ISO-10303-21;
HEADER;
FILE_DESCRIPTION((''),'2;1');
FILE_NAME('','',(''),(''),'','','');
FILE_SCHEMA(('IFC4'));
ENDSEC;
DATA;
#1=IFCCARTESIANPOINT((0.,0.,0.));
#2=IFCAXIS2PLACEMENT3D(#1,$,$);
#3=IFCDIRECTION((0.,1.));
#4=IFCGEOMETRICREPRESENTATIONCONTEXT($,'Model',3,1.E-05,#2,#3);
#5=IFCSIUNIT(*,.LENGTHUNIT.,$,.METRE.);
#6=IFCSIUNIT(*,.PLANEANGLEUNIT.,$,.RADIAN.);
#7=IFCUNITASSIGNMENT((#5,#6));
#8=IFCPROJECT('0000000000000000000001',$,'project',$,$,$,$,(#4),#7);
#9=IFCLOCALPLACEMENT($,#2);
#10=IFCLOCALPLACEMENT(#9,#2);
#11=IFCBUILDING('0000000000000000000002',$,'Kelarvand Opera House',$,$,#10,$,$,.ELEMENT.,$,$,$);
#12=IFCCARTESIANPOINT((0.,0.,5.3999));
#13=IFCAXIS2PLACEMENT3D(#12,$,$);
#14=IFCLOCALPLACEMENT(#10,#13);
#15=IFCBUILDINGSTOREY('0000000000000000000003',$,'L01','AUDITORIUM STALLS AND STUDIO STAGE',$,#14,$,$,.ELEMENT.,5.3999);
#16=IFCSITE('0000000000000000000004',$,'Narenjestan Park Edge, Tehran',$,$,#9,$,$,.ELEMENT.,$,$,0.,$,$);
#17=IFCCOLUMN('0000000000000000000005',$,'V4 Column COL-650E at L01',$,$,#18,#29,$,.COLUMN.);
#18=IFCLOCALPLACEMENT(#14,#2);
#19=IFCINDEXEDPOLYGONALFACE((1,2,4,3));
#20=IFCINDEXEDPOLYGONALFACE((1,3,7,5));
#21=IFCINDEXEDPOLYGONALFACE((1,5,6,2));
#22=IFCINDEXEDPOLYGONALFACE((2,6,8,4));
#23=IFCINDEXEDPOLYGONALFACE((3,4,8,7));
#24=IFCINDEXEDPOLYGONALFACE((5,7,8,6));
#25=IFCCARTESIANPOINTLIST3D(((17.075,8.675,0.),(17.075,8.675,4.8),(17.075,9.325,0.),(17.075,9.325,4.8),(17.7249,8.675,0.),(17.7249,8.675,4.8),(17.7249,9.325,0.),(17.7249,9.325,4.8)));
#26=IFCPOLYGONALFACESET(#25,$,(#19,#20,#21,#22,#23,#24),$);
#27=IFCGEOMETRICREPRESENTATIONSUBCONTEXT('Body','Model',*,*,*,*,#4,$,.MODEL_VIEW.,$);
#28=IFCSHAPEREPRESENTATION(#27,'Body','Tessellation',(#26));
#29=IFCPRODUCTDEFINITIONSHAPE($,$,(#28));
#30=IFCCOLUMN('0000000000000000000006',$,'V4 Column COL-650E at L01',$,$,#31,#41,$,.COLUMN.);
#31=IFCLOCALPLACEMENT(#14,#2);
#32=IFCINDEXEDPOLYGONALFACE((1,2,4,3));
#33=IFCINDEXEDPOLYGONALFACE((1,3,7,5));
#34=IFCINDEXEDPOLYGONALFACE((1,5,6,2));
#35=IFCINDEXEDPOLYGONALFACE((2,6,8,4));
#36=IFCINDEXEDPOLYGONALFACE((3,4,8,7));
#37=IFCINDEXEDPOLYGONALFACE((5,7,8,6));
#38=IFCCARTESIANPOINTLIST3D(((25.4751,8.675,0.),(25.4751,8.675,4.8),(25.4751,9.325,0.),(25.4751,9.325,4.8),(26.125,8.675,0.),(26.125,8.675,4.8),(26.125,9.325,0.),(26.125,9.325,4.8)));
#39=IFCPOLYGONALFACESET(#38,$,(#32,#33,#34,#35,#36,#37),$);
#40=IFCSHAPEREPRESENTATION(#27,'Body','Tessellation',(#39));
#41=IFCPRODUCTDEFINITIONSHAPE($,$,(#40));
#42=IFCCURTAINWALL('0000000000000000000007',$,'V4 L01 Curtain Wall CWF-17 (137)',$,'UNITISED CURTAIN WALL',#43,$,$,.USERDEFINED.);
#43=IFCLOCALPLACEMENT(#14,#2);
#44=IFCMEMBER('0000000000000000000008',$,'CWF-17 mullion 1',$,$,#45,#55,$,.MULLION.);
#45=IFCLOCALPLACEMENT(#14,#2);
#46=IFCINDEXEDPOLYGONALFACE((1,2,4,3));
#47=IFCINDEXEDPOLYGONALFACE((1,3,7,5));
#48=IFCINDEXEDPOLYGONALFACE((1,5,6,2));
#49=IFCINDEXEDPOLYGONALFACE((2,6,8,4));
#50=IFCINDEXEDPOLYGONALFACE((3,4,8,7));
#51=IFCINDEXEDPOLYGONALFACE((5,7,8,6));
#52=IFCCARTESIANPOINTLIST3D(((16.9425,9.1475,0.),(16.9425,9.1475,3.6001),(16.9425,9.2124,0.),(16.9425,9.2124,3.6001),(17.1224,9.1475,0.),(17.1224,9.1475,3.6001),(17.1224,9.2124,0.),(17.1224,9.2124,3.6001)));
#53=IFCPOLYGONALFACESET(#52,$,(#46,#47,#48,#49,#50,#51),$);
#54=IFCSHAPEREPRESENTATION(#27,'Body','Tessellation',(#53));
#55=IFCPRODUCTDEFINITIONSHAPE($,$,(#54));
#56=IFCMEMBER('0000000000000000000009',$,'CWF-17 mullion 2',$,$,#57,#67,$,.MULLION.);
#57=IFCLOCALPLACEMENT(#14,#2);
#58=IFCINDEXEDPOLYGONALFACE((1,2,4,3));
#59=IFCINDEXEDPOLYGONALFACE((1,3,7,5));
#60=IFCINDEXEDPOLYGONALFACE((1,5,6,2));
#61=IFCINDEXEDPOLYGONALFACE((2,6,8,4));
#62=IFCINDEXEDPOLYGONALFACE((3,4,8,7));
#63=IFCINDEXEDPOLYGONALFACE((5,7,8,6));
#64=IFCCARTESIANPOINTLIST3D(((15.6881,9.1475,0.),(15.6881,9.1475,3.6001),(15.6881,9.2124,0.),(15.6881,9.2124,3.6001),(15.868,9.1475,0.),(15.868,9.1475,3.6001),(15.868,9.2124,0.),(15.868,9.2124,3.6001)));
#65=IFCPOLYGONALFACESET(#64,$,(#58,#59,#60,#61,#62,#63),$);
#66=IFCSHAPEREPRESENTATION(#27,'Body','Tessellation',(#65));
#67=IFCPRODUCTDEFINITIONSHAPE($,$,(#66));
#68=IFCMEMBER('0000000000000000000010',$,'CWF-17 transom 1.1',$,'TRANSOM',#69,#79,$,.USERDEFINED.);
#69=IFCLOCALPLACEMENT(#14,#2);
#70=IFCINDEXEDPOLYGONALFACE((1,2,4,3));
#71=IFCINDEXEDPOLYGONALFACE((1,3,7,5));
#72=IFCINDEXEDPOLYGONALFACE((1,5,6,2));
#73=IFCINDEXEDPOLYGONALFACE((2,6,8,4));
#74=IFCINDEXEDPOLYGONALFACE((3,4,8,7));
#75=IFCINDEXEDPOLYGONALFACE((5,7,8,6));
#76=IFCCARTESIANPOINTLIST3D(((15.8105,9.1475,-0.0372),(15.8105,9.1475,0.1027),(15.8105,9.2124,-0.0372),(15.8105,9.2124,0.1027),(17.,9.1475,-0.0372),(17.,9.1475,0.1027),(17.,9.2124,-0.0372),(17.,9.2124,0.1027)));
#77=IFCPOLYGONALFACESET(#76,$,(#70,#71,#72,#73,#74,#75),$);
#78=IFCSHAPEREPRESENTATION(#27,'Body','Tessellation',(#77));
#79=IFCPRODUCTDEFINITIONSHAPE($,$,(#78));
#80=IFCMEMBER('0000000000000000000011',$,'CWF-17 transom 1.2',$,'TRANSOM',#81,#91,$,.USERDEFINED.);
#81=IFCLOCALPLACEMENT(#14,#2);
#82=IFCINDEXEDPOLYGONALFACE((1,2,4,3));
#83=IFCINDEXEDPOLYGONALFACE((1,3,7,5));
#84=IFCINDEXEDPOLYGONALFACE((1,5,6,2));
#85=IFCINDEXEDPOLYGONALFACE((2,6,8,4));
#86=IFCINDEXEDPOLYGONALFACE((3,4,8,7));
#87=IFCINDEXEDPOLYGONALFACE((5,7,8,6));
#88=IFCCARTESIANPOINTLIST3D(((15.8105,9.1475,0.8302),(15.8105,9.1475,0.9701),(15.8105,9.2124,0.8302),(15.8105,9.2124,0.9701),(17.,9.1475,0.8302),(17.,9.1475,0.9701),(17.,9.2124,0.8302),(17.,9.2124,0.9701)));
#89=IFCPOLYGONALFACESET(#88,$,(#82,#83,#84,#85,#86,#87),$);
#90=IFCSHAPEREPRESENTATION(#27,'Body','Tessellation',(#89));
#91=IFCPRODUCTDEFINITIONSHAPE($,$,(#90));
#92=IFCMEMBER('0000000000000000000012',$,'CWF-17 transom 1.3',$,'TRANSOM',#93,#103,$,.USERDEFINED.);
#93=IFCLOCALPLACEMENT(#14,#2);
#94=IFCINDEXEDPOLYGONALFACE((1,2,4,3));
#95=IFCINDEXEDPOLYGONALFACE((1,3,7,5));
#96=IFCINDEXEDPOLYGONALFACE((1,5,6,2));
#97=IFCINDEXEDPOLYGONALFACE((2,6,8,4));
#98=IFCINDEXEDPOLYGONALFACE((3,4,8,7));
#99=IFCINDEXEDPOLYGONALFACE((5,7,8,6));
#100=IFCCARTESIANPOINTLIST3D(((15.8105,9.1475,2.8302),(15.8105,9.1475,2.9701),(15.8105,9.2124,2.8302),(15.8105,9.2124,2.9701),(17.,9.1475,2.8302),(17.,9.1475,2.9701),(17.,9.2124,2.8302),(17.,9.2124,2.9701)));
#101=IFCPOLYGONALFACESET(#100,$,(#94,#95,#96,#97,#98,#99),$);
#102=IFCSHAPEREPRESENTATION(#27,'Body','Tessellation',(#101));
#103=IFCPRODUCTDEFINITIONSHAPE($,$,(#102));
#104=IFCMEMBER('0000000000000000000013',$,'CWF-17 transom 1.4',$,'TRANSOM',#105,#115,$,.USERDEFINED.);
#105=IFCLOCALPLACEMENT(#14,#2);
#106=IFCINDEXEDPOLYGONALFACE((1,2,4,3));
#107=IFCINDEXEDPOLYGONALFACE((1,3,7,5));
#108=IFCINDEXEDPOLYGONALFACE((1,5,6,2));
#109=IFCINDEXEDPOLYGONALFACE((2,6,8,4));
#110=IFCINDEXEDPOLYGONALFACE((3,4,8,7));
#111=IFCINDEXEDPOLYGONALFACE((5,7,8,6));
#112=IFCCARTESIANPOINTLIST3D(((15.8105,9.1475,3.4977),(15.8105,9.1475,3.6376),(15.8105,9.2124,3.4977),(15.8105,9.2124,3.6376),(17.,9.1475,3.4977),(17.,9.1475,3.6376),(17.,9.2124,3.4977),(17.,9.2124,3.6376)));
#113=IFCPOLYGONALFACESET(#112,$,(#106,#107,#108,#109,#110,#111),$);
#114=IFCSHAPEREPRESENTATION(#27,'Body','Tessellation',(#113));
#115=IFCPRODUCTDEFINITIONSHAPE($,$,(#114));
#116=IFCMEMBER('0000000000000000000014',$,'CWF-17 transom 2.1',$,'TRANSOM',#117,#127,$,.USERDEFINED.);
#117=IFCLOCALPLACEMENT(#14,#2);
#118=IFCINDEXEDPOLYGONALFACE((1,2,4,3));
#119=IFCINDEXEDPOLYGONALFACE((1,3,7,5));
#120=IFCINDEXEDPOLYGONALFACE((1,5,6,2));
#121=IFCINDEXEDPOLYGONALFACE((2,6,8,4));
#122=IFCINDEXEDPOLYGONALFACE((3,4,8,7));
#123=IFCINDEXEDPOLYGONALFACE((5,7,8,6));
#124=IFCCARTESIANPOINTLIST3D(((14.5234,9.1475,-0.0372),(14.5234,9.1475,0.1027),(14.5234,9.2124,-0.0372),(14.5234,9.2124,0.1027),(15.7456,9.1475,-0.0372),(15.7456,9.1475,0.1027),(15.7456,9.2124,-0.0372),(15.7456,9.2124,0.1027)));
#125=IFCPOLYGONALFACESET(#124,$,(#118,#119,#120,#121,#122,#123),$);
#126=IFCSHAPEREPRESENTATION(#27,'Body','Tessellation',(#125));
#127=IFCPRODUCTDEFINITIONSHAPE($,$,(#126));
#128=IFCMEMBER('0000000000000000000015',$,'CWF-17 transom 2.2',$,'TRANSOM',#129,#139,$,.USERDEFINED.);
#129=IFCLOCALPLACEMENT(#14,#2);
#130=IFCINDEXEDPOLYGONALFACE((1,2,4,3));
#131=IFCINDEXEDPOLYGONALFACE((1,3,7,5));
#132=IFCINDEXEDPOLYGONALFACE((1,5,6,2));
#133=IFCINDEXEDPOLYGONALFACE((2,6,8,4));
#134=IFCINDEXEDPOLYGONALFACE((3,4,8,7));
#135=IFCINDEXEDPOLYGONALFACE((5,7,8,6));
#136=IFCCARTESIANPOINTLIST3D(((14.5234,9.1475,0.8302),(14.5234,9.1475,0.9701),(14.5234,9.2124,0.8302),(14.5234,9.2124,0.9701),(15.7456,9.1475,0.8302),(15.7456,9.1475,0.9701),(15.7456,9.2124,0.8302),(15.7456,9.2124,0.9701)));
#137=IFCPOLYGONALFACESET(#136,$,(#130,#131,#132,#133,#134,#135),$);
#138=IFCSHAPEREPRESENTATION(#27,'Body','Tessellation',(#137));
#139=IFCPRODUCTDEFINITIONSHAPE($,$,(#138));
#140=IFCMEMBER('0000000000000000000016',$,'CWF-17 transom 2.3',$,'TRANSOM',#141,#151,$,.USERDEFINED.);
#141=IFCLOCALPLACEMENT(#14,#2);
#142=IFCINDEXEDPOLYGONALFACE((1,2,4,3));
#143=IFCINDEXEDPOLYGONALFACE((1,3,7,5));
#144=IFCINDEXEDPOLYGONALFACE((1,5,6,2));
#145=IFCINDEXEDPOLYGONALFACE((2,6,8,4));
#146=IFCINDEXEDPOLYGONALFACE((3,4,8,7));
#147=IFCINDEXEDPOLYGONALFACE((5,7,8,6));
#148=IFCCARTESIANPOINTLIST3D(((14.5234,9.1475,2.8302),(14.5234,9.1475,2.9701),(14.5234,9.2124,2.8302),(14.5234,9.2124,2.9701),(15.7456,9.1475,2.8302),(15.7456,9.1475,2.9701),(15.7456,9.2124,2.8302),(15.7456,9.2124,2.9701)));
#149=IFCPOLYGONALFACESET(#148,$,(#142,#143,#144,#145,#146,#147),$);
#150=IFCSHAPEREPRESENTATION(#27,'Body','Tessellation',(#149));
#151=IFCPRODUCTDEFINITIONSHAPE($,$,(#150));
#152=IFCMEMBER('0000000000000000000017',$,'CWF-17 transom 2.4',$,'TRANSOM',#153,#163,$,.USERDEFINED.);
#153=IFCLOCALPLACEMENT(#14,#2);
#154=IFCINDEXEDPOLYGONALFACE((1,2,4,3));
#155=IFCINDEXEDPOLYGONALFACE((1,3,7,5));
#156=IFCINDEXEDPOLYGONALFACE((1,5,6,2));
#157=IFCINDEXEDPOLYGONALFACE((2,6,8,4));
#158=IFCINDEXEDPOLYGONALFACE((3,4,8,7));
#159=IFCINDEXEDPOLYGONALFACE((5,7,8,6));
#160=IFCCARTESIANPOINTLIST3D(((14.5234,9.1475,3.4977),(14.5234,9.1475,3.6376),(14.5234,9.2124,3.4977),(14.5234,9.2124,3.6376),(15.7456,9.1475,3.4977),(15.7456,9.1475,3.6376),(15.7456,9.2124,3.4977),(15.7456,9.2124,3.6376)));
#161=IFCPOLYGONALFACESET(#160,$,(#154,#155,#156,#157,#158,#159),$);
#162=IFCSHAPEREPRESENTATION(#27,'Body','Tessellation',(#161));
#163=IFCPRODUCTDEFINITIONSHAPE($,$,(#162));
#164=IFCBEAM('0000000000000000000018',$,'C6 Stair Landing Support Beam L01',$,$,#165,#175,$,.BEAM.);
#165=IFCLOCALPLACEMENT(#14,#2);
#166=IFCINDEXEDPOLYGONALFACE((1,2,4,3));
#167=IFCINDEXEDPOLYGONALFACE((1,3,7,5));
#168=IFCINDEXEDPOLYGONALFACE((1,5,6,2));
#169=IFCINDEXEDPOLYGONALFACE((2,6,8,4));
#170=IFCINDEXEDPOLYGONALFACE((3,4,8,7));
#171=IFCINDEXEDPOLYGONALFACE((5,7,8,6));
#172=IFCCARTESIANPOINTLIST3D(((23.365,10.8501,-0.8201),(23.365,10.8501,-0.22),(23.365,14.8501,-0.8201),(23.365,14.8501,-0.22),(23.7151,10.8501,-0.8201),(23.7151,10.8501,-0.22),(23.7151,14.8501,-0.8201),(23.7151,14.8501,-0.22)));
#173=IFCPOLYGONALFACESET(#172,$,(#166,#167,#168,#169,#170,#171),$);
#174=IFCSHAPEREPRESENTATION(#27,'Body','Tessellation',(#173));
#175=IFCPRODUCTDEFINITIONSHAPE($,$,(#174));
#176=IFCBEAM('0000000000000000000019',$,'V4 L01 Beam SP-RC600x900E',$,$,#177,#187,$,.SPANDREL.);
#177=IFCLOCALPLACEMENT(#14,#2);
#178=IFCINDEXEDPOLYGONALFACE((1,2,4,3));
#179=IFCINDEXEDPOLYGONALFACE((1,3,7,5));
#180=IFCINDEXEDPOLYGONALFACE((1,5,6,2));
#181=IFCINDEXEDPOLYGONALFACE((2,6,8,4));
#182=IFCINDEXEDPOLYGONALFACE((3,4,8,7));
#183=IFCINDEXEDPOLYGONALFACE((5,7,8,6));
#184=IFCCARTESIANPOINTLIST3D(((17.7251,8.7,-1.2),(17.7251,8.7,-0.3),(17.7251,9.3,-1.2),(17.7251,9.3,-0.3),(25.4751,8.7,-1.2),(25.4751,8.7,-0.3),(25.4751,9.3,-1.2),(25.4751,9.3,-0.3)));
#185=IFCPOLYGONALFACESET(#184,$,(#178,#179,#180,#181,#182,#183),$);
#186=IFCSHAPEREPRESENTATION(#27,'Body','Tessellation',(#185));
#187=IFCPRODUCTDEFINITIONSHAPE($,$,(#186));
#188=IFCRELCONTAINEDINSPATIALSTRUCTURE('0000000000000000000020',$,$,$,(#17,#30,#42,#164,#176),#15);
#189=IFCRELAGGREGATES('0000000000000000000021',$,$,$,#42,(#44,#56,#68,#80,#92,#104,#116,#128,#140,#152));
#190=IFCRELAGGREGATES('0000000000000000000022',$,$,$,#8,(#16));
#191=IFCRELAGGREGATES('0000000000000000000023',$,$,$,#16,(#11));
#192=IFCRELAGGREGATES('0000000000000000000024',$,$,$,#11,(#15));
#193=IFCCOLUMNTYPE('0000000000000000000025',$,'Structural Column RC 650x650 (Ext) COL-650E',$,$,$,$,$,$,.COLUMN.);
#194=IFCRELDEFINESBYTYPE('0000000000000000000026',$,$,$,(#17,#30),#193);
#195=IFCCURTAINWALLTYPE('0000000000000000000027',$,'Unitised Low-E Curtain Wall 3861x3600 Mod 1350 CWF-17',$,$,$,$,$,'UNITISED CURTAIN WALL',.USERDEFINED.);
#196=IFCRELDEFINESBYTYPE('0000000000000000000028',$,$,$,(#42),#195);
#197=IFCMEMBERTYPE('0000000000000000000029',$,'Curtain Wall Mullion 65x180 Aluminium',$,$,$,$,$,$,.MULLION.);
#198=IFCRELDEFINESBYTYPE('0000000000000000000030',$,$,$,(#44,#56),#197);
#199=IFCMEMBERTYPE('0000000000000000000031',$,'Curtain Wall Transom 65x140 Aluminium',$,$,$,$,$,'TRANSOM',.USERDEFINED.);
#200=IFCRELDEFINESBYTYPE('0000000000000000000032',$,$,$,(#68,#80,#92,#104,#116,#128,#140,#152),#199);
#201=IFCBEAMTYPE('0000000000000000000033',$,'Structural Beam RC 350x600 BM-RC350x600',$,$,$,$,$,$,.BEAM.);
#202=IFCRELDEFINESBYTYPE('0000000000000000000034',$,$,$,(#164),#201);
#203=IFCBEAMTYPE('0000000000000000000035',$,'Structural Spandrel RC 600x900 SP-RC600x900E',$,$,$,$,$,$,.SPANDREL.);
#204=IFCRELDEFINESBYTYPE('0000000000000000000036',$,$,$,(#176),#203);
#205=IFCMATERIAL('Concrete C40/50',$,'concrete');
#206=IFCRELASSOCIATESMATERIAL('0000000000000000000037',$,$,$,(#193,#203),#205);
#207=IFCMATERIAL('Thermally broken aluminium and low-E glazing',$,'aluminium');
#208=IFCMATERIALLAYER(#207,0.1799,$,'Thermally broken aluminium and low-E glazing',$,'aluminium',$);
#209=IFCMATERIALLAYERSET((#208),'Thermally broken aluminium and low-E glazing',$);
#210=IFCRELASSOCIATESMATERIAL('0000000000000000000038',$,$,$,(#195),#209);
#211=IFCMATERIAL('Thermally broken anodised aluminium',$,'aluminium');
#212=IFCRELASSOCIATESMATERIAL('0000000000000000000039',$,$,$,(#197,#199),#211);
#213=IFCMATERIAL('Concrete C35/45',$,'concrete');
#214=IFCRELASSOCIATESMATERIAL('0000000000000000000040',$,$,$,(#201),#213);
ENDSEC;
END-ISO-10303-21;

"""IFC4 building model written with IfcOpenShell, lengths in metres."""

from ifc_helpers import new_model, si_unit, direction, frame, origin, origin_2d, place, context, subcontext, project, spatial, rectangle, extrude, material, layer, layer_set, material_profile, profile_set, type_object, element, aggregate, save


model = new_model("IFC4")

# Units and contexts
model_context = context("Model", 3, precision=1e-05, world=origin(), true_north=direction((0.0, 1.0)))
body_context = subcontext(model_context, "Body", "Model", "MODEL_VIEW")
ifc_project = project(units=[si_unit("LENGTHUNIT", "METRE"), si_unit("PLANEANGLEUNIT", "RADIAN")], contexts=[model_context])

# Site, building, storey
site_placement = place(None, origin())
site = spatial("IfcSite", under=ifc_project, at=site_placement, Name="Narenjestan Park Edge, Tehran", CompositionType="ELEMENT", RefElevation=0.0)
building_placement = place(site_placement, origin())
building = spatial("IfcBuilding", under=site, at=building_placement, Name="Kelarvand Opera House", CompositionType="ELEMENT")
storey_placement = place(building_placement, frame((0.0, 0.0, 5.3999)))
storey = spatial("IfcBuildingStorey", under=building, at=storey_placement, Name="L01", Description="AUDITORIUM STALLS AND STUDIO STAGE", CompositionType="ELEMENT", Elevation=5.3999)

# Columns
ifc_material_1 = material(Name="Concrete C40/50", Category="concrete")
ifc_material_profile_1 = material_profile(ifc_material_1, rectangle(XDim=0.6499, YDim=0.6499, at=origin_2d()), Name="RC 650x650", Category="concrete")
ifc_profile_set_1 = profile_set([ifc_material_profile_1], Name="Concrete C40/50")
column_type = type_object("IfcColumnType", Name="Structural Column RC 650x650 (Ext) COL-650E", PredefinedType="COLUMN", material=ifc_profile_set_1)
for number, where, z_axis, x_axis, name in (
    (1, (17.3999, 9.0, 0.0), (0.0, 0.0, 1.0), (1.0, 0.0, 0.0), "V4 Column COL-650E at L01"),
    (2, (25.8, 9.0, 0.0), (0.0, 0.0, 1.0), (1.0, 0.0, 0.0), "V4 Column COL-650E at L01"),
):
    element("IfcColumn", number, at=place(storey_placement, frame(where, z_axis=z_axis, x_axis=x_axis)), inside=storey, type_object=column_type, Name=name, PredefinedType="COLUMN", context=body_context, shape_type="SweptSolid", body=[
        extrude(rectangle(XDim=0.6499, YDim=0.6499, at=origin_2d()), origin(), (0.0, 0.0, 1.0), 4.8),
    ])

# Curtain wall, members
ifc_material_2 = material(Name="Thermally broken aluminium and low-E glazing", Category="aluminium")
ifc_layer_1 = layer(ifc_material_2, 0.1799, Name="Thermally broken aluminium and low-E glazing", Category="aluminium")
ifc_layer_set_1 = layer_set([ifc_layer_1], Name="Thermally broken aluminium and low-E glazing")
curtain_wall_type = type_object("IfcCurtainWallType", Name="Unitised Low-E Curtain Wall 3861x3600 Mod 1350 CWF-17", ElementType="UNITISED CURTAIN WALL", PredefinedType="USERDEFINED", material=ifc_layer_set_1)
curtain_wall_placement = place(storey_placement, origin())
curtain_wall = element("IfcCurtainWall", 3, at=curtain_wall_placement, inside=storey, type_object=curtain_wall_type, Name="V4 L01 Curtain Wall CWF-17 (137)", ObjectType="UNITISED CURTAIN WALL", PredefinedType="USERDEFINED")
ifc_material_3 = material(Name="Thermally broken anodised aluminium", Category="aluminium")
ifc_material_profile_2 = material_profile(ifc_material_3, rectangle(XDim=0.0649, YDim=0.1799, at=origin_2d()), Name="ALU MULLION 65x180", Category="aluminium")
ifc_profile_set_2 = profile_set([ifc_material_profile_2], Name="Thermally broken anodised aluminium")
member_type_1 = type_object("IfcMemberType", Name="Curtain Wall Mullion 65x180 Aluminium", PredefinedType="MULLION", material=ifc_profile_set_2)
member_1_placement = place(storey_placement, frame((17.0325, 9.1799, 0.0), z_axis=(0.0, 0.0, 1.0), x_axis=(0.0, -1.0, 0.0)))
member_1 = element("IfcMember", 4, at=member_1_placement, type_object=member_type_1, Name="CWF-17 mullion 1", PredefinedType="MULLION", context=body_context, shape_type="SweptSolid", body=[
    extrude(rectangle(XDim=0.0649, YDim=0.1799, at=origin_2d()), origin(), (0.0, 0.0, 1.0), 3.6001),
])
member_2_placement = place(storey_placement, frame((15.7781, 9.1799, 0.0), z_axis=(0.0, 0.0, 1.0), x_axis=(0.0, -1.0, 0.0)))
member_2 = element("IfcMember", 5, at=member_2_placement, type_object=member_type_1, Name="CWF-17 mullion 2", PredefinedType="MULLION", context=body_context, shape_type="SweptSolid", body=[
    extrude(rectangle(XDim=0.0649, YDim=0.1799, at=origin_2d()), origin(), (0.0, 0.0, 1.0), 3.6001),
])
ifc_material_profile_3 = material_profile(ifc_material_3, rectangle(XDim=0.0649, YDim=0.1399, at=origin_2d()), Name="ALU TRANSOM 65x140", Category="aluminium")
ifc_profile_set_3 = profile_set([ifc_material_profile_3], Name="Thermally broken anodised aluminium")
member_type_2 = type_object("IfcMemberType", Name="Curtain Wall Transom 65x140 Aluminium", ElementType="TRANSOM", PredefinedType="USERDEFINED", material=ifc_profile_set_3)
member_3_placement = place(storey_placement, frame((17.0, 9.1799, 0.0327), z_axis=(-1.0, 0.0, 0.0), x_axis=(0.0, -1.0, 0.0)))
member_3 = element("IfcMember", 6, at=member_3_placement, type_object=member_type_2, Name="CWF-17 transom 1.1", ObjectType="TRANSOM", PredefinedType="USERDEFINED", context=body_context, shape_type="SweptSolid", body=[
    extrude(rectangle(XDim=0.0649, YDim=0.1399, at=origin_2d()), origin(), (0.0, 0.0, 1.0), 1.1895),
])
member_4_placement = place(storey_placement, frame((17.0, 9.1799, 0.9001), z_axis=(-1.0, 0.0, 0.0), x_axis=(0.0, -1.0, 0.0)))
member_4 = element("IfcMember", 7, at=member_4_placement, type_object=member_type_2, Name="CWF-17 transom 1.2", ObjectType="TRANSOM", PredefinedType="USERDEFINED", context=body_context, shape_type="SweptSolid", body=[
    extrude(rectangle(XDim=0.0649, YDim=0.1399, at=origin_2d()), origin(), (0.0, 0.0, 1.0), 1.1895),
])
member_5_placement = place(storey_placement, frame((17.0, 9.1799, 2.9001), z_axis=(-1.0, 0.0, 0.0), x_axis=(0.0, -1.0, 0.0)))
member_5 = element("IfcMember", 8, at=member_5_placement, type_object=member_type_2, Name="CWF-17 transom 1.3", ObjectType="TRANSOM", PredefinedType="USERDEFINED", context=body_context, shape_type="SweptSolid", body=[
    extrude(rectangle(XDim=0.0649, YDim=0.1399, at=origin_2d()), origin(), (0.0, 0.0, 1.0), 1.1895),
])
member_6_placement = place(storey_placement, frame((17.0, 9.1799, 3.5676), z_axis=(-1.0, 0.0, 0.0), x_axis=(0.0, -1.0, 0.0)))
member_6 = element("IfcMember", 9, at=member_6_placement, type_object=member_type_2, Name="CWF-17 transom 1.4", ObjectType="TRANSOM", PredefinedType="USERDEFINED", context=body_context, shape_type="SweptSolid", body=[
    extrude(rectangle(XDim=0.0649, YDim=0.1399, at=origin_2d()), origin(), (0.0, 0.0, 1.0), 1.1895),
])
member_7_placement = place(storey_placement, frame((15.7456, 9.1799, 0.0327), z_axis=(-1.0, 0.0, 0.0), x_axis=(0.0, -1.0, 0.0)))
member_7 = element("IfcMember", 10, at=member_7_placement, type_object=member_type_2, Name="CWF-17 transom 2.1", ObjectType="TRANSOM", PredefinedType="USERDEFINED", context=body_context, shape_type="SweptSolid", body=[
    extrude(rectangle(XDim=0.0649, YDim=0.1399, at=origin_2d()), origin(), (0.0, 0.0, 1.0), 1.2222),
])
member_8_placement = place(storey_placement, frame((15.7456, 9.1799, 0.9001), z_axis=(-1.0, 0.0, 0.0), x_axis=(0.0, -1.0, 0.0)))
member_8 = element("IfcMember", 11, at=member_8_placement, type_object=member_type_2, Name="CWF-17 transom 2.2", ObjectType="TRANSOM", PredefinedType="USERDEFINED", context=body_context, shape_type="SweptSolid", body=[
    extrude(rectangle(XDim=0.0649, YDim=0.1399, at=origin_2d()), origin(), (0.0, 0.0, 1.0), 1.2222),
])
member_9_placement = place(storey_placement, frame((15.7456, 9.1799, 2.9001), z_axis=(-1.0, 0.0, 0.0), x_axis=(0.0, -1.0, 0.0)))
member_9 = element("IfcMember", 12, at=member_9_placement, type_object=member_type_2, Name="CWF-17 transom 2.3", ObjectType="TRANSOM", PredefinedType="USERDEFINED", context=body_context, shape_type="SweptSolid", body=[
    extrude(rectangle(XDim=0.0649, YDim=0.1399, at=origin_2d()), origin(), (0.0, 0.0, 1.0), 1.2222),
])
member_10_placement = place(storey_placement, frame((15.7456, 9.1799, 3.5676), z_axis=(-1.0, 0.0, 0.0), x_axis=(0.0, -1.0, 0.0)))
member_10 = element("IfcMember", 13, at=member_10_placement, type_object=member_type_2, Name="CWF-17 transom 2.4", ObjectType="TRANSOM", PredefinedType="USERDEFINED", context=body_context, shape_type="SweptSolid", body=[
    extrude(rectangle(XDim=0.0649, YDim=0.1399, at=origin_2d()), origin(), (0.0, 0.0, 1.0), 1.2222),
])

# Beams
ifc_material_4 = material(Name="Concrete C35/45", Category="concrete")
ifc_material_profile_4 = material_profile(ifc_material_4, rectangle(XDim=0.3501, YDim=0.6001, at=origin_2d()), Name="RC 350x600", Category="concrete")
ifc_profile_set_4 = profile_set([ifc_material_profile_4], Name="Concrete C35/45")
beam_type_1 = type_object("IfcBeamType", Name="Structural Beam RC 350x600 BM-RC350x600", PredefinedType="BEAM", material=ifc_profile_set_4)
beam_placement = place(storey_placement, frame((23.54, 10.8501, -0.52), z_axis=(0.0, 1.0, 0.0), x_axis=(-1.0, 0.0, 0.0)))
element("IfcBeam", 14, at=beam_placement, inside=storey, type_object=beam_type_1, Name="C6 Stair Landing Support Beam L01", PredefinedType="BEAM", context=body_context, shape_type="SweptSolid", body=[
    extrude(rectangle(XDim=0.3501, YDim=0.6001, at=origin_2d()), origin(), (0.0, 0.0, 1.0), 4.0),
])
ifc_material_profile_5 = material_profile(ifc_material_1, rectangle(XDim=0.6001, YDim=0.8999, at=origin_2d()), Name="RC 600x900", Category="concrete")
ifc_profile_set_5 = profile_set([ifc_material_profile_5], Name="Concrete C40/50")
beam_type_2 = type_object("IfcBeamType", Name="Structural Spandrel RC 600x900 SP-RC600x900E", PredefinedType="SPANDREL", material=ifc_profile_set_5)
for number, where, z_axis, x_axis, name in (
    (15, (17.7251, 9.0, -0.75), (1.0, 0.0, 0.0), (0.0, 1.0, 0.0), "V4 L01 Beam SP-RC600x900E"),
):
    element("IfcBeam", number, at=place(storey_placement, frame(where, z_axis=z_axis, x_axis=x_axis)), inside=storey, type_object=beam_type_2, Name=name, PredefinedType="SPANDREL", context=body_context, shape_type="SweptSolid", body=[
        extrude(rectangle(XDim=0.6001, YDim=0.8999, at=origin_2d()), origin(), (0.0, 0.0, 1.0), 7.75),
    ])

aggregate(curtain_wall, [member_1, member_2, member_3, member_4, member_5, member_6, member_7, member_8, member_9, member_10])

save(model, "model.ifc")
